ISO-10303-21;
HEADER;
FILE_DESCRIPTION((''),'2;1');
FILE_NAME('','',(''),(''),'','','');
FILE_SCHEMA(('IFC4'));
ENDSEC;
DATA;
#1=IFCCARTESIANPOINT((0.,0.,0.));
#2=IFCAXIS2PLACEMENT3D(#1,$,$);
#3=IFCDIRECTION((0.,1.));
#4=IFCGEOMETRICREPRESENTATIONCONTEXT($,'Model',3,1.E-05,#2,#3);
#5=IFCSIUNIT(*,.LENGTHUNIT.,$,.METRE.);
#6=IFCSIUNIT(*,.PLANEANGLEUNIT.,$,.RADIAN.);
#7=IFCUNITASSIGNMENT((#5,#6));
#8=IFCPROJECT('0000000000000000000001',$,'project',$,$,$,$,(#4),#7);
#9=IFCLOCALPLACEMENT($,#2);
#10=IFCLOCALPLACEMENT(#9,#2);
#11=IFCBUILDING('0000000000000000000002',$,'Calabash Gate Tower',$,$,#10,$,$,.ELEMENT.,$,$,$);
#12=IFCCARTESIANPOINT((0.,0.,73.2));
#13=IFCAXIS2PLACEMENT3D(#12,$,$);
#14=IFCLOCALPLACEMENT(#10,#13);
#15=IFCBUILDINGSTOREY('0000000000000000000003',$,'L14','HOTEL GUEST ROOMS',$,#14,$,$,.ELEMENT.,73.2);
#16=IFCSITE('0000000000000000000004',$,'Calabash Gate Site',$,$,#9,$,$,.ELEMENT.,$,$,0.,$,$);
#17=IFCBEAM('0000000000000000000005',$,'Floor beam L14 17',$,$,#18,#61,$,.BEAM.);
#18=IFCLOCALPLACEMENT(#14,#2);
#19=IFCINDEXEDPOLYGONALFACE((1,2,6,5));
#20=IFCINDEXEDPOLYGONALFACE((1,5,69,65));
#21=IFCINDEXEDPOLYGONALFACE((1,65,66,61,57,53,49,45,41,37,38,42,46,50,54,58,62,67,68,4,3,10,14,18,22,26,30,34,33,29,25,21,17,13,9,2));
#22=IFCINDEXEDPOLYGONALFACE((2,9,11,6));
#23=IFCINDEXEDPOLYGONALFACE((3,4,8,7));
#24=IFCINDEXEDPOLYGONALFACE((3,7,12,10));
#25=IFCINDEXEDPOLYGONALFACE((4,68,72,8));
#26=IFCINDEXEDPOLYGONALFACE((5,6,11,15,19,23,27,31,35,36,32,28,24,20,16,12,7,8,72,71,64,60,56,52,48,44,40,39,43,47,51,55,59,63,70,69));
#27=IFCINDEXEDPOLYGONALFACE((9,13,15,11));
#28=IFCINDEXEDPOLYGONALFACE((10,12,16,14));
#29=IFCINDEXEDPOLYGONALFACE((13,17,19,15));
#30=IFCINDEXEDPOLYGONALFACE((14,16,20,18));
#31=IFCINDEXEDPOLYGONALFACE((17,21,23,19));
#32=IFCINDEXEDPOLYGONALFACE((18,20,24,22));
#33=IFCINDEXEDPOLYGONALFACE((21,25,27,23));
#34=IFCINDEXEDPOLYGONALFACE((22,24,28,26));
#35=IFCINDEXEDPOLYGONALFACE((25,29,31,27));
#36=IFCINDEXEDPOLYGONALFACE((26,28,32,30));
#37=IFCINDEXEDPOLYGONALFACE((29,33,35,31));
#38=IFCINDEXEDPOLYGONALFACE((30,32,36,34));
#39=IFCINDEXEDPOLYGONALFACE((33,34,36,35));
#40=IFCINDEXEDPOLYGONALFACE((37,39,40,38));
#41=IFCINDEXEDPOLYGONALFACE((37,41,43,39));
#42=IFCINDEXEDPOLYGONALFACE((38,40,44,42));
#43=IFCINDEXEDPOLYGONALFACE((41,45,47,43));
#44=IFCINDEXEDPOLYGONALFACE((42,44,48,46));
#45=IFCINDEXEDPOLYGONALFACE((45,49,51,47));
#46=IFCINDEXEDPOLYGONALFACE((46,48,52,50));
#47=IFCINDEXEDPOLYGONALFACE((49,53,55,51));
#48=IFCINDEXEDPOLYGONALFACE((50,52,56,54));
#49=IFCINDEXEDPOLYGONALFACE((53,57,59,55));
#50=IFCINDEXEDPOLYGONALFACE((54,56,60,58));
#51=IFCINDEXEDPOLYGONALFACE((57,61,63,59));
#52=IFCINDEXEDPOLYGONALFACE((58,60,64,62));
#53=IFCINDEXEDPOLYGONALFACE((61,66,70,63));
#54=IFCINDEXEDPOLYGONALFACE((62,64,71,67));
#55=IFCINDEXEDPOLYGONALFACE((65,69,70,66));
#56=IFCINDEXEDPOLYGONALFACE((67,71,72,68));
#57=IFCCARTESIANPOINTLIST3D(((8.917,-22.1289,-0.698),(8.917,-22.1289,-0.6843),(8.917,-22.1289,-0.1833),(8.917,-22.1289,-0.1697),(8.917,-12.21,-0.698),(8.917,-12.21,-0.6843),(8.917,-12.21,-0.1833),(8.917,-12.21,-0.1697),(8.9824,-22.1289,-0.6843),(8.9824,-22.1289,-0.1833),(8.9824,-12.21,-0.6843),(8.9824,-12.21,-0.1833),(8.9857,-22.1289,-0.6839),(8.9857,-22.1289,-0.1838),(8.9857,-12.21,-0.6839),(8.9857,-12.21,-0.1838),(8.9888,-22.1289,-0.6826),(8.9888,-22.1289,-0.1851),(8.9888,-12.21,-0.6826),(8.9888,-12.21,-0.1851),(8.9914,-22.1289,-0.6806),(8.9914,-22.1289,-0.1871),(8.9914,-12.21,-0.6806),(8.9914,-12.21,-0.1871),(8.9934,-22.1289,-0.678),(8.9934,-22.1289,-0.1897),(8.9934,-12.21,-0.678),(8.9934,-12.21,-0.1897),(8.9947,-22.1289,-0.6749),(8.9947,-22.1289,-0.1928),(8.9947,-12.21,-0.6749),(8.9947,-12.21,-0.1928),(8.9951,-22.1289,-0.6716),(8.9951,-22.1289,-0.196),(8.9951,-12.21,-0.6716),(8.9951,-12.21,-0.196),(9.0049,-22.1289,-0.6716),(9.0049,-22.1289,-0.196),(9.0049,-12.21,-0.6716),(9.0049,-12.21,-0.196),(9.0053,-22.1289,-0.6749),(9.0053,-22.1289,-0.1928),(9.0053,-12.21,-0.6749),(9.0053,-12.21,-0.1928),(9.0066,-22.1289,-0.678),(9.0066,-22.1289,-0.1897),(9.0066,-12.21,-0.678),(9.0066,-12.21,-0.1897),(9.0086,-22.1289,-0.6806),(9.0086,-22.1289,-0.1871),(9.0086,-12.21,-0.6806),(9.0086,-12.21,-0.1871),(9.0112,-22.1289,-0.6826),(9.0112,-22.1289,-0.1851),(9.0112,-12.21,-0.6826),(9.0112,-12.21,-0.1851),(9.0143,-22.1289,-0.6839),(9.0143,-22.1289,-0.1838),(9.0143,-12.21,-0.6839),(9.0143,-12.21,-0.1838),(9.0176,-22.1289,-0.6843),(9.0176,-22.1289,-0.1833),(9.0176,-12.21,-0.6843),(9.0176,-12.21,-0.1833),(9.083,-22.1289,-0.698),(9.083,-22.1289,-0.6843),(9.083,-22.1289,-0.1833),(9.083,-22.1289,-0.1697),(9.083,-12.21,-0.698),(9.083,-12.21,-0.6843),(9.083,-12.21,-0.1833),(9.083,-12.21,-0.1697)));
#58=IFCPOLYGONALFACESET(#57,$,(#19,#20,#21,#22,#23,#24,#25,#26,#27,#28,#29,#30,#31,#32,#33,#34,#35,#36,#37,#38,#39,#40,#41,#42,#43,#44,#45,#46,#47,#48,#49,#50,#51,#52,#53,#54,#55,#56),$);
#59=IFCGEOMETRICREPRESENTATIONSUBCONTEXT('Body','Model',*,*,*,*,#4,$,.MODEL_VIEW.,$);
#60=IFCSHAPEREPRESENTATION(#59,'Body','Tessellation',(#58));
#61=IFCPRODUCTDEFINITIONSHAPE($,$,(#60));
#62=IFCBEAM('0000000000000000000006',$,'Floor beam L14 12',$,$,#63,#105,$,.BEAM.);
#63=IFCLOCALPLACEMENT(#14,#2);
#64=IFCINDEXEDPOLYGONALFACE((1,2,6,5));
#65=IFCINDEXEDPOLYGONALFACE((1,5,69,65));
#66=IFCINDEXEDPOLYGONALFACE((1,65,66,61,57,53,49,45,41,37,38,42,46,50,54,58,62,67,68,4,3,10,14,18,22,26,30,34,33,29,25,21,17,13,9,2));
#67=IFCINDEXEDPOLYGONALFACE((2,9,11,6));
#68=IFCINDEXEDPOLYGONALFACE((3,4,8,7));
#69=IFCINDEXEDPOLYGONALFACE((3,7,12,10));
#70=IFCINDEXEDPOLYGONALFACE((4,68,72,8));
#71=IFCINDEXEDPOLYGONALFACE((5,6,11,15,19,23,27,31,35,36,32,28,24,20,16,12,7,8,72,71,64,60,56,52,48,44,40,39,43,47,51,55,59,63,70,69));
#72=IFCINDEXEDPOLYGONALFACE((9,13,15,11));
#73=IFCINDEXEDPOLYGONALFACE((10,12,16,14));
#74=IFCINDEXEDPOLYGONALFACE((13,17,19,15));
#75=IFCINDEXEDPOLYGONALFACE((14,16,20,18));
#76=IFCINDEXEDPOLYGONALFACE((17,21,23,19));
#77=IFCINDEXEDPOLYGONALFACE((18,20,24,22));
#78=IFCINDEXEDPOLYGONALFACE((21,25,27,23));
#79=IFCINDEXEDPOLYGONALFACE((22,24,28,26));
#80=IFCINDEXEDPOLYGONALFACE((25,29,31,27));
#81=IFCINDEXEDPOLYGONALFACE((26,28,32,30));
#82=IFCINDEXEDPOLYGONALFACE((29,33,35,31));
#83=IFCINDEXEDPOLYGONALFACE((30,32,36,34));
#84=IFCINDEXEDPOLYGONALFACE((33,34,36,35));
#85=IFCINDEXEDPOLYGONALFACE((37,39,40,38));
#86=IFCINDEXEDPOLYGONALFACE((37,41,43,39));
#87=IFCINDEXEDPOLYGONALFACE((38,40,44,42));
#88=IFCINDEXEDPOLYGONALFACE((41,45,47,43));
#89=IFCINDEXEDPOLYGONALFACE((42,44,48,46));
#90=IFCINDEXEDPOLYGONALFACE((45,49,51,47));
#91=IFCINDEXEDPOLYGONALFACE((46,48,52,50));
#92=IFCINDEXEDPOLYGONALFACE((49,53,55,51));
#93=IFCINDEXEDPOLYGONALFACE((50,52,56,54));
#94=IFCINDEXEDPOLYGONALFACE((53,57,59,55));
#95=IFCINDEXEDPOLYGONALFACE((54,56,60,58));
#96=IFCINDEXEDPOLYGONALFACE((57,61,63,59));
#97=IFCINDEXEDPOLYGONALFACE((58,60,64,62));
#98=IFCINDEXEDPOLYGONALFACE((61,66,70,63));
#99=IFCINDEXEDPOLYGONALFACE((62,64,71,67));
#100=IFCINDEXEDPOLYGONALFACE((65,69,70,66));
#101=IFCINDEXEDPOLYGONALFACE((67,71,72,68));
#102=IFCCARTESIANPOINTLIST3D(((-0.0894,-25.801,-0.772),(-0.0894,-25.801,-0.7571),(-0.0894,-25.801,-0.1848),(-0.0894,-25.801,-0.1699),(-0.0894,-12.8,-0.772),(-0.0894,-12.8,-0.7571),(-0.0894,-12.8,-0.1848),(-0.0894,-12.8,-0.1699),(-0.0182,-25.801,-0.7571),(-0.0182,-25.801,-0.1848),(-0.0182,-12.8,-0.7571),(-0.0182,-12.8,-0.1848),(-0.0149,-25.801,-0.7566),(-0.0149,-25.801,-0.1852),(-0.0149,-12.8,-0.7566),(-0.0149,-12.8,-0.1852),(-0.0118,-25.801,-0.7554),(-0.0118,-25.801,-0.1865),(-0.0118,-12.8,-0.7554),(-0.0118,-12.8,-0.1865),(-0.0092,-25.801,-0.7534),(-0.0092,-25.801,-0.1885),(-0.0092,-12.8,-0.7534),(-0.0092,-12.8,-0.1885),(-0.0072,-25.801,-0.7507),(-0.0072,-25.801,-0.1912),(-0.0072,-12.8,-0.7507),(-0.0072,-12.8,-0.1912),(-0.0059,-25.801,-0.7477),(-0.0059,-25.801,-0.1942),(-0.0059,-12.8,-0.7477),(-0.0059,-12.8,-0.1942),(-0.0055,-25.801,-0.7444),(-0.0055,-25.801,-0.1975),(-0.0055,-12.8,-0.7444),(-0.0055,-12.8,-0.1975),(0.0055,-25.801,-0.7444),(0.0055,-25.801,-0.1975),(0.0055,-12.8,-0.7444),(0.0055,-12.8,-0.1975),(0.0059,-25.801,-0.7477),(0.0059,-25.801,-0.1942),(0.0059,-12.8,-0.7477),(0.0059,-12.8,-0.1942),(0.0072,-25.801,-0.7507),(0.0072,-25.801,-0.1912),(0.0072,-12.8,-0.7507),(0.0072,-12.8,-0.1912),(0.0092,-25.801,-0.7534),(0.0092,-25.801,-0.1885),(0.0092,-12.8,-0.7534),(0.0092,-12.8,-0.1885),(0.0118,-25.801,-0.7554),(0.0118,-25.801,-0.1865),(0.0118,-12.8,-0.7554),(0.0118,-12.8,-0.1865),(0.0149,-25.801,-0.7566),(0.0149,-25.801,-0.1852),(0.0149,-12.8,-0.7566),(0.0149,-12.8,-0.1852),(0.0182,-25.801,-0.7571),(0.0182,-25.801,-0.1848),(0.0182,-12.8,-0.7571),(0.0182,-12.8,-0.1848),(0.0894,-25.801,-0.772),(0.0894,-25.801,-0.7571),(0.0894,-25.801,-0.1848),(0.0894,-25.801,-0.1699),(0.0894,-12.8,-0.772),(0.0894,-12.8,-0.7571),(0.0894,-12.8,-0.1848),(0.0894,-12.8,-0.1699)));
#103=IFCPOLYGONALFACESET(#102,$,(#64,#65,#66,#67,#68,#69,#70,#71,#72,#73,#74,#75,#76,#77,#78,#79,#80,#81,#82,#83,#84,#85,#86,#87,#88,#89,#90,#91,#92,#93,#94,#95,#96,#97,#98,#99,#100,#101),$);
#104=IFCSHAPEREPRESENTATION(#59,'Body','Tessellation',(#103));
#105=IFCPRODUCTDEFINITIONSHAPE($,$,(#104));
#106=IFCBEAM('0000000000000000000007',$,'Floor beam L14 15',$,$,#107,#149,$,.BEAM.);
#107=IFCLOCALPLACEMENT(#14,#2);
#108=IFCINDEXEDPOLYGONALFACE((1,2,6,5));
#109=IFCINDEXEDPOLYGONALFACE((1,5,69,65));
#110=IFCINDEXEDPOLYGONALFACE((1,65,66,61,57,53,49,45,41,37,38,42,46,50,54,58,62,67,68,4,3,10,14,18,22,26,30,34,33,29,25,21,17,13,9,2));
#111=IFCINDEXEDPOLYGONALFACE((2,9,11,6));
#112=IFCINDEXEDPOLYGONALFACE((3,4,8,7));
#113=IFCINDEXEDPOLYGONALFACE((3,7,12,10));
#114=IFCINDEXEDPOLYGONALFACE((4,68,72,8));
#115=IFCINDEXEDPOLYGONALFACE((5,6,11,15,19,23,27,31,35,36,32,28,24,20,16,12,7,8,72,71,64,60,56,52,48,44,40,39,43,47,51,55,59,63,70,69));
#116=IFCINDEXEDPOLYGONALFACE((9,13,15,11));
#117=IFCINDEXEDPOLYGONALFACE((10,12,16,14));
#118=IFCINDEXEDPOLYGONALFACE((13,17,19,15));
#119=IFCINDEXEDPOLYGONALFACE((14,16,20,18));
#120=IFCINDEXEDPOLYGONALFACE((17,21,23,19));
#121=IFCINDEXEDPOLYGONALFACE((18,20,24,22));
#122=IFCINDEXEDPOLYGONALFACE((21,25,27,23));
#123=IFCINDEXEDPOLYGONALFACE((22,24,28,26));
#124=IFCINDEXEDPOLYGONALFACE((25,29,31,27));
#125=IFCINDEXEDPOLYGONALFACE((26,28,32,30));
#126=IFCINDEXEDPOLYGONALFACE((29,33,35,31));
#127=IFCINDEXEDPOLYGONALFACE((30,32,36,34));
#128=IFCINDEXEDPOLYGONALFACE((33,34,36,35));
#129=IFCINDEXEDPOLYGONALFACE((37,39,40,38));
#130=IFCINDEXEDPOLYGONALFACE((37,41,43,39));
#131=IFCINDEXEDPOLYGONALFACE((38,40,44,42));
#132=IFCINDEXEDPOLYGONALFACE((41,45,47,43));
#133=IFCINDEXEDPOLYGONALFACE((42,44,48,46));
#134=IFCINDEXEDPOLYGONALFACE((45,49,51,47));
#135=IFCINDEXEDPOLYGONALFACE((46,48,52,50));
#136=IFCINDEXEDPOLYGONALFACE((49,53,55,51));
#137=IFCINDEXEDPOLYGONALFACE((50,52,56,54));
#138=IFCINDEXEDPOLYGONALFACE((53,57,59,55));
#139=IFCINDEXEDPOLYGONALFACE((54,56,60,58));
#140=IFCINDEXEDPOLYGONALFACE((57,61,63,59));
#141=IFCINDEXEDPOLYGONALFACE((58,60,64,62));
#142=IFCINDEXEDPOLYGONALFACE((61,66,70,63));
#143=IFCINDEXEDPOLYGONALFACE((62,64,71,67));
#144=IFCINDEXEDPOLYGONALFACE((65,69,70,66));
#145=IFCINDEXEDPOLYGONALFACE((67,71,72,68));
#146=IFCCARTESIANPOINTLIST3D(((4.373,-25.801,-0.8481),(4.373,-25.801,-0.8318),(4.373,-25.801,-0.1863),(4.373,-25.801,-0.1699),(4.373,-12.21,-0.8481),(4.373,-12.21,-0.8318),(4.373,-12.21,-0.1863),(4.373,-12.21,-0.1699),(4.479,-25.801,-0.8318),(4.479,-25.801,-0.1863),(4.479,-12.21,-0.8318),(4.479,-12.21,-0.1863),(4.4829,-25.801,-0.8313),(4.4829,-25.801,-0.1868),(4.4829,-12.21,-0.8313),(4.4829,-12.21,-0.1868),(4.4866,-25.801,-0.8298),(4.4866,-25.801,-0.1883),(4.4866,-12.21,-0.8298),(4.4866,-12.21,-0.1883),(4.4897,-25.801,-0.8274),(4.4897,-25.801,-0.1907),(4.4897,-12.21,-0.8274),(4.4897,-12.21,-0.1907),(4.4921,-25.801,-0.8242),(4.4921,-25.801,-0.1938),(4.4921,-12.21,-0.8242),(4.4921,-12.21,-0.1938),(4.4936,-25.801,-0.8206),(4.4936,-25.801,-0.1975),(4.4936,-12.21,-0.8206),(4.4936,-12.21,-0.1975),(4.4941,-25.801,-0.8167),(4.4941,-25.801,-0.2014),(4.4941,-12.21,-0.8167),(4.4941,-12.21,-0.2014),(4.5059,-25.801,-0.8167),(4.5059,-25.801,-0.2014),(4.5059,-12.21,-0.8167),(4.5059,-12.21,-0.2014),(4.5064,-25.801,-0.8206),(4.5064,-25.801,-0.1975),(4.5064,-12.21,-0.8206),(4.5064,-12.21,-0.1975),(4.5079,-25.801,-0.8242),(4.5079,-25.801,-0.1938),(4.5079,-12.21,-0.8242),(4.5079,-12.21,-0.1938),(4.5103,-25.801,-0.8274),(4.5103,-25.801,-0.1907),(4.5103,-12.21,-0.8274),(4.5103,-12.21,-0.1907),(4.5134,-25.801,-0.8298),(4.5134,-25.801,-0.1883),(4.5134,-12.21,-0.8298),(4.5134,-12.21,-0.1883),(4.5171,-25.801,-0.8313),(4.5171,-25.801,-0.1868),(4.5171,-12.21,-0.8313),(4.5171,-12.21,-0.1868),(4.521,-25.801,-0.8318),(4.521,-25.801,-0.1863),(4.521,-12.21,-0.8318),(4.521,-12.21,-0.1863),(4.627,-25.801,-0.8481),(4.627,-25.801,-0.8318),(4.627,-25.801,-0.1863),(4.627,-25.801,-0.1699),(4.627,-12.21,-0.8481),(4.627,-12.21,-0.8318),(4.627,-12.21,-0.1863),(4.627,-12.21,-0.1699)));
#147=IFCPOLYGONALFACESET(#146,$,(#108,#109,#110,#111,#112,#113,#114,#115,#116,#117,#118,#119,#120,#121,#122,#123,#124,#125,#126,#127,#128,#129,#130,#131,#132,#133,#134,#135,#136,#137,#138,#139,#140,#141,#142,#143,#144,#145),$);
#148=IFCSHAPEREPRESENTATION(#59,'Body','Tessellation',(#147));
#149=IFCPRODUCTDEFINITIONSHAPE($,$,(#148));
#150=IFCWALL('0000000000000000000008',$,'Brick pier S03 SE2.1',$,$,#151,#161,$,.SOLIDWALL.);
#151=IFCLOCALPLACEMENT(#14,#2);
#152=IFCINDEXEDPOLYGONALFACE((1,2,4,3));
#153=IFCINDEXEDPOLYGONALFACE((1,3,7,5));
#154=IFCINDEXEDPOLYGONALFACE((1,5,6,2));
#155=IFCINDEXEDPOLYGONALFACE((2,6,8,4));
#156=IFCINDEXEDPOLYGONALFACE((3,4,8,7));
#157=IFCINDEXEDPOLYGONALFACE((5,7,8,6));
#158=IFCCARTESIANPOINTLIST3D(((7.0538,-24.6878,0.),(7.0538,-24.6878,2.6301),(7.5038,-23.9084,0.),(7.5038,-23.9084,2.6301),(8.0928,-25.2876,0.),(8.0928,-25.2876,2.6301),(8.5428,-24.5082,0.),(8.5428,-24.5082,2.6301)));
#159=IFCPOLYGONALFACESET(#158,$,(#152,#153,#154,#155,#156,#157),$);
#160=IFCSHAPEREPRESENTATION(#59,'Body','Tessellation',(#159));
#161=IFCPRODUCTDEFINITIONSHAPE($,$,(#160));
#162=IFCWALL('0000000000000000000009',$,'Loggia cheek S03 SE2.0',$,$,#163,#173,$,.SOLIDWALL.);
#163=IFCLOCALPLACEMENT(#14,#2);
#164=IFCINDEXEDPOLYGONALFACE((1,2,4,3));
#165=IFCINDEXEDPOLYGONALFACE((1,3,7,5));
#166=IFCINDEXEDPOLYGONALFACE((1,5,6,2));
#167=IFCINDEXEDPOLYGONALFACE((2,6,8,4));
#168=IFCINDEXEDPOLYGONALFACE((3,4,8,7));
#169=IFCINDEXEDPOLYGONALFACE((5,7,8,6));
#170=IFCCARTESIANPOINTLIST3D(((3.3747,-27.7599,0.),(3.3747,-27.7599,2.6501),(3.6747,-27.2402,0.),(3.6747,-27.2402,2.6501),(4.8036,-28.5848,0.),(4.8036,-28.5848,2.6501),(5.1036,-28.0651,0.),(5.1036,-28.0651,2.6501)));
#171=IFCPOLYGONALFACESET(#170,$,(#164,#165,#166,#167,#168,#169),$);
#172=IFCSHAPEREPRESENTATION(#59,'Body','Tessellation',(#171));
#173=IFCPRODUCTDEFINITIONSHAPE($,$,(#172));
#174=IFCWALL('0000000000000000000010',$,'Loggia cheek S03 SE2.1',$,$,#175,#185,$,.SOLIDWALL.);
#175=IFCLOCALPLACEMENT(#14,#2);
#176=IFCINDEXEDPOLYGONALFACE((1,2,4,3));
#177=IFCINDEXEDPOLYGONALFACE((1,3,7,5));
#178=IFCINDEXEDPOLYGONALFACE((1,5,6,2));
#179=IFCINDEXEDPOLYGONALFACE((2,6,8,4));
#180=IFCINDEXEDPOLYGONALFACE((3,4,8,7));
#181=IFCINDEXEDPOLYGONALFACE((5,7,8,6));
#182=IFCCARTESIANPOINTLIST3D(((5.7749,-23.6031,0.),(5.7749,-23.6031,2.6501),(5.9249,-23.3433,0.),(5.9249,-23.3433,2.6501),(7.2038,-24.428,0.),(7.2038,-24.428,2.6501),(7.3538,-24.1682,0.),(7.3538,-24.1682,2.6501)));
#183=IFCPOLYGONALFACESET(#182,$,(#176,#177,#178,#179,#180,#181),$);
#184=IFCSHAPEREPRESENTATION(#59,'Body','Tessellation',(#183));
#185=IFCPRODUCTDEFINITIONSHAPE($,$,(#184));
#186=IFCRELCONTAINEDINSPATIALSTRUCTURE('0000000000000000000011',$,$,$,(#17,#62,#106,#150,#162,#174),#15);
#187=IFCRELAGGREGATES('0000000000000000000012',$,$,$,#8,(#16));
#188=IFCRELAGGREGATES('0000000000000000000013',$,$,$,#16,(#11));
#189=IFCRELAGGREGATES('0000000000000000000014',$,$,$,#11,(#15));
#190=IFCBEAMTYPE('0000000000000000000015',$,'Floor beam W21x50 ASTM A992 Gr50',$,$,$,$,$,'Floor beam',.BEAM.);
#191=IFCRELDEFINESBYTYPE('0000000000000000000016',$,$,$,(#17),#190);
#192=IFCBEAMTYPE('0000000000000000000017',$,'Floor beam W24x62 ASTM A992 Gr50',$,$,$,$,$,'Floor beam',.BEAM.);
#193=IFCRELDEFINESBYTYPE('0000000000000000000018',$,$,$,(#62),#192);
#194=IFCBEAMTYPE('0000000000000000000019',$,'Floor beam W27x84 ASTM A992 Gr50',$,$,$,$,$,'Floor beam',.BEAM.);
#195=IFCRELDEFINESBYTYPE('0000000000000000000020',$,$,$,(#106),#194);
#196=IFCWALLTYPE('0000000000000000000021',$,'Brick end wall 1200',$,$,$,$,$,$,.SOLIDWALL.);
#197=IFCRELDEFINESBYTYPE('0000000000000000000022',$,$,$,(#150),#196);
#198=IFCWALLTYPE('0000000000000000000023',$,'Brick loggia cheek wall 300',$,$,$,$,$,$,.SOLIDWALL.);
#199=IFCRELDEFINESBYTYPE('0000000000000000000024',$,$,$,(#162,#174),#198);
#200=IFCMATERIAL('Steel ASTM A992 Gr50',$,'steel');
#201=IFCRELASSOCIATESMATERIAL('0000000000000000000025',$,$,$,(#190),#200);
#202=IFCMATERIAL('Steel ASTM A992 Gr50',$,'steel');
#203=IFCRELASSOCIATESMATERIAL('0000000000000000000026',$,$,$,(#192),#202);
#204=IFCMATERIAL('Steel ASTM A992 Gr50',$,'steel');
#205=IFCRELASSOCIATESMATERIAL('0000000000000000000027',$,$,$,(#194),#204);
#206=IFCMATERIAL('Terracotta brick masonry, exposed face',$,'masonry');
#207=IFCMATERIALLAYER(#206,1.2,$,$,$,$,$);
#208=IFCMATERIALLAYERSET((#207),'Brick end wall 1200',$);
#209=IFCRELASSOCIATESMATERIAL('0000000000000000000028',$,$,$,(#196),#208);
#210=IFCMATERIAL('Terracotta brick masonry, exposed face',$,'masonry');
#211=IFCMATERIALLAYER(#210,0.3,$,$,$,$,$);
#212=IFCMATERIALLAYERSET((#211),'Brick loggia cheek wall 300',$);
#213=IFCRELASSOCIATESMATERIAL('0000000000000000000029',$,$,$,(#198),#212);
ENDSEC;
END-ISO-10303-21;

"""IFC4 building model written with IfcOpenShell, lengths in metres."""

from ifc_helpers import new_model, si_unit, direction, frame, frame_2d, origin, origin_2d, place, context, subcontext, project, spatial, rectangle, i_section, extrude, material, layer, layer_set, material_profile, profile_set, type_object, element, save


model = new_model("IFC4")

# Units and contexts
model_context = context("Model", 3, precision=1e-05, world=origin(), true_north=direction((0.0, 1.0)))
body_context = subcontext(model_context, "Body", "Model", "MODEL_VIEW")
ifc_project = project(units=[si_unit("LENGTHUNIT", "METRE"), si_unit("PLANEANGLEUNIT", "RADIAN")], contexts=[model_context])

# Site, building, storey
site_placement = place(None, origin())
site = spatial("IfcSite", under=ifc_project, at=site_placement, Name="Calabash Gate Site", CompositionType="ELEMENT", RefElevation=0.0)
building_placement = place(site_placement, origin())
building = spatial("IfcBuilding", under=site, at=building_placement, Name="Calabash Gate Tower", CompositionType="ELEMENT")
storey_placement = place(building_placement, frame((0.0, 0.0, 73.2)))
storey = spatial("IfcBuildingStorey", under=building, at=storey_placement, Name="L14", Description="HOTEL GUEST ROOMS", CompositionType="ELEMENT", Elevation=73.2)

# Beams
ifc_material_1 = material(Name="Steel ASTM A992 Gr50", Category="steel")
ifc_material_profile_1 = material_profile(ifc_material_1, i_section(OverallWidth=0.166, OverallDepth=0.5283, WebThickness=0.0098, FlangeThickness=0.0137, FilletRadius=0.0127, at=origin_2d()))
ifc_profile_set_1 = profile_set([ifc_material_profile_1], Name="Steel ASTM A992 Gr50")
beam_type_1 = type_object("IfcBeamType", Name="Floor beam W21x50 ASTM A992 Gr50", ElementType="Floor beam", PredefinedType="BEAM", material=ifc_profile_set_1)
beam_1_placement = place(storey_placement, frame((9.0, -22.1289, -0.4338), z_axis=(0.0, 1.0, 0.0), x_axis=(-1.0, 0.0, 0.0)))
element("IfcBeam", 1, at=beam_1_placement, inside=storey, type_object=beam_type_1, Name="Floor beam L14 17", PredefinedType="BEAM", context=body_context, shape_type="SweptSolid", body=[
    extrude(i_section(OverallWidth=0.166, OverallDepth=0.5283, WebThickness=0.0098, FlangeThickness=0.0137, FilletRadius=0.0127, at=origin_2d()), origin(), (0.0, 0.0, 1.0), 9.9189),
])
ifc_material_2 = material(Name="Steel ASTM A992 Gr50", Category="steel")
ifc_material_profile_2 = material_profile(ifc_material_2, i_section(OverallWidth=0.1787, OverallDepth=0.6021, WebThickness=0.011, FlangeThickness=0.0149, FilletRadius=0.0127, at=origin_2d()))
ifc_profile_set_2 = profile_set([ifc_material_profile_2], Name="Steel ASTM A992 Gr50")
beam_type_2 = type_object("IfcBeamType", Name="Floor beam W24x62 ASTM A992 Gr50", ElementType="Floor beam", PredefinedType="BEAM", material=ifc_profile_set_2)
beam_2_placement = place(storey_placement, frame((0.0, -25.801, -0.4709), z_axis=(0.0, 1.0, 0.0), x_axis=(-1.0, 0.0, 0.0)))
element("IfcBeam", 2, at=beam_2_placement, inside=storey, type_object=beam_type_2, Name="Floor beam L14 12", PredefinedType="BEAM", context=body_context, shape_type="SweptSolid", body=[
    extrude(i_section(OverallWidth=0.1787, OverallDepth=0.6021, WebThickness=0.011, FlangeThickness=0.0149, FilletRadius=0.0127, at=origin_2d()), origin(), (0.0, 0.0, 1.0), 13.001),
])
ifc_material_3 = material(Name="Steel ASTM A992 Gr50", Category="steel")
ifc_material_profile_3 = material_profile(ifc_material_3, i_section(OverallWidth=0.2539, OverallDepth=0.6782, WebThickness=0.0117, FlangeThickness=0.0164, FilletRadius=0.0151, at=origin_2d()))
ifc_profile_set_3 = profile_set([ifc_material_profile_3], Name="Steel ASTM A992 Gr50")
beam_type_3 = type_object("IfcBeamType", Name="Floor beam W27x84 ASTM A992 Gr50", ElementType="Floor beam", PredefinedType="BEAM", material=ifc_profile_set_3)
beam_3_placement = place(storey_placement, frame((4.5, -25.801, -0.509), z_axis=(0.0, 1.0, 0.0), x_axis=(-1.0, 0.0, 0.0)))
element("IfcBeam", 3, at=beam_3_placement, inside=storey, type_object=beam_type_3, Name="Floor beam L14 15", PredefinedType="BEAM", context=body_context, shape_type="SweptSolid", body=[
    extrude(i_section(OverallWidth=0.2539, OverallDepth=0.6782, WebThickness=0.0117, FlangeThickness=0.0164, FilletRadius=0.0151, at=origin_2d()), origin(), (0.0, 0.0, 1.0), 13.5911),
])

# Walls
ifc_material_4 = material(Name="Terracotta brick masonry, exposed face", Category="masonry")
ifc_layer_1 = layer(ifc_material_4, 1.2)
ifc_layer_set_1 = layer_set([ifc_layer_1], Name="Brick end wall 1200")
wall_type_1 = type_object("IfcWallType", Name="Brick end wall 1200", PredefinedType="SOLIDWALL", material=ifc_layer_set_1)
wall_1_placement = place(storey_placement, frame((7.2788, -24.2981, 0.0), z_axis=(0.0, 0.0, 1.0), x_axis=(0.866043, -0.499969, 0.0)))
element("IfcWall", 4, at=wall_1_placement, inside=storey, type_object=wall_type_1, Name="Brick pier S03 SE2.1", PredefinedType="SOLIDWALL", context=body_context, shape_type="SweptSolid", body=[
    extrude(rectangle(XDim=1.1997, YDim=0.8999, at=frame_2d((0.5999, 0.0))), origin(), (0.0, 0.0, 1.0), 2.6301),
])
ifc_material_5 = material(Name="Terracotta brick masonry, exposed face", Category="masonry")
ifc_layer_2 = layer(ifc_material_5, 0.3)
ifc_layer_set_2 = layer_set([ifc_layer_2], Name="Brick loggia cheek wall 300")
wall_type_2 = type_object("IfcWallType", Name="Brick loggia cheek wall 300", PredefinedType="SOLIDWALL", material=ifc_layer_set_2)
wall_2_placement = place(storey_placement, frame((4.9536, -28.325, 0.0), z_axis=(0.0, 0.0, 1.0), x_axis=(-0.86604, 0.499974, 0.0)))
element("IfcWall", 5, at=wall_2_placement, inside=storey, type_object=wall_type_2, Name="Loggia cheek S03 SE2.0", PredefinedType="SOLIDWALL", context=body_context, shape_type="SweptSolid", body=[
    extrude(rectangle(XDim=1.6499, YDim=0.6001, at=frame_2d((0.825, 0.0))), origin(), (0.0, 0.0, 1.0), 2.6501),
])
wall_3_placement = place(storey_placement, frame((7.2788, -24.2981, 0.0), z_axis=(0.0, 0.0, 1.0), x_axis=(-0.86604, 0.499974, 0.0)))
element("IfcWall", 6, at=wall_3_placement, inside=storey, type_object=wall_type_2, Name="Loggia cheek S03 SE2.1", PredefinedType="SOLIDWALL", context=body_context, shape_type="SweptSolid", body=[
    extrude(rectangle(XDim=1.6499, YDim=0.3, at=frame_2d((0.825, 0.0))), origin(), (0.0, 0.0, 1.0), 2.6501),
])

save(model, "model.ifc")
